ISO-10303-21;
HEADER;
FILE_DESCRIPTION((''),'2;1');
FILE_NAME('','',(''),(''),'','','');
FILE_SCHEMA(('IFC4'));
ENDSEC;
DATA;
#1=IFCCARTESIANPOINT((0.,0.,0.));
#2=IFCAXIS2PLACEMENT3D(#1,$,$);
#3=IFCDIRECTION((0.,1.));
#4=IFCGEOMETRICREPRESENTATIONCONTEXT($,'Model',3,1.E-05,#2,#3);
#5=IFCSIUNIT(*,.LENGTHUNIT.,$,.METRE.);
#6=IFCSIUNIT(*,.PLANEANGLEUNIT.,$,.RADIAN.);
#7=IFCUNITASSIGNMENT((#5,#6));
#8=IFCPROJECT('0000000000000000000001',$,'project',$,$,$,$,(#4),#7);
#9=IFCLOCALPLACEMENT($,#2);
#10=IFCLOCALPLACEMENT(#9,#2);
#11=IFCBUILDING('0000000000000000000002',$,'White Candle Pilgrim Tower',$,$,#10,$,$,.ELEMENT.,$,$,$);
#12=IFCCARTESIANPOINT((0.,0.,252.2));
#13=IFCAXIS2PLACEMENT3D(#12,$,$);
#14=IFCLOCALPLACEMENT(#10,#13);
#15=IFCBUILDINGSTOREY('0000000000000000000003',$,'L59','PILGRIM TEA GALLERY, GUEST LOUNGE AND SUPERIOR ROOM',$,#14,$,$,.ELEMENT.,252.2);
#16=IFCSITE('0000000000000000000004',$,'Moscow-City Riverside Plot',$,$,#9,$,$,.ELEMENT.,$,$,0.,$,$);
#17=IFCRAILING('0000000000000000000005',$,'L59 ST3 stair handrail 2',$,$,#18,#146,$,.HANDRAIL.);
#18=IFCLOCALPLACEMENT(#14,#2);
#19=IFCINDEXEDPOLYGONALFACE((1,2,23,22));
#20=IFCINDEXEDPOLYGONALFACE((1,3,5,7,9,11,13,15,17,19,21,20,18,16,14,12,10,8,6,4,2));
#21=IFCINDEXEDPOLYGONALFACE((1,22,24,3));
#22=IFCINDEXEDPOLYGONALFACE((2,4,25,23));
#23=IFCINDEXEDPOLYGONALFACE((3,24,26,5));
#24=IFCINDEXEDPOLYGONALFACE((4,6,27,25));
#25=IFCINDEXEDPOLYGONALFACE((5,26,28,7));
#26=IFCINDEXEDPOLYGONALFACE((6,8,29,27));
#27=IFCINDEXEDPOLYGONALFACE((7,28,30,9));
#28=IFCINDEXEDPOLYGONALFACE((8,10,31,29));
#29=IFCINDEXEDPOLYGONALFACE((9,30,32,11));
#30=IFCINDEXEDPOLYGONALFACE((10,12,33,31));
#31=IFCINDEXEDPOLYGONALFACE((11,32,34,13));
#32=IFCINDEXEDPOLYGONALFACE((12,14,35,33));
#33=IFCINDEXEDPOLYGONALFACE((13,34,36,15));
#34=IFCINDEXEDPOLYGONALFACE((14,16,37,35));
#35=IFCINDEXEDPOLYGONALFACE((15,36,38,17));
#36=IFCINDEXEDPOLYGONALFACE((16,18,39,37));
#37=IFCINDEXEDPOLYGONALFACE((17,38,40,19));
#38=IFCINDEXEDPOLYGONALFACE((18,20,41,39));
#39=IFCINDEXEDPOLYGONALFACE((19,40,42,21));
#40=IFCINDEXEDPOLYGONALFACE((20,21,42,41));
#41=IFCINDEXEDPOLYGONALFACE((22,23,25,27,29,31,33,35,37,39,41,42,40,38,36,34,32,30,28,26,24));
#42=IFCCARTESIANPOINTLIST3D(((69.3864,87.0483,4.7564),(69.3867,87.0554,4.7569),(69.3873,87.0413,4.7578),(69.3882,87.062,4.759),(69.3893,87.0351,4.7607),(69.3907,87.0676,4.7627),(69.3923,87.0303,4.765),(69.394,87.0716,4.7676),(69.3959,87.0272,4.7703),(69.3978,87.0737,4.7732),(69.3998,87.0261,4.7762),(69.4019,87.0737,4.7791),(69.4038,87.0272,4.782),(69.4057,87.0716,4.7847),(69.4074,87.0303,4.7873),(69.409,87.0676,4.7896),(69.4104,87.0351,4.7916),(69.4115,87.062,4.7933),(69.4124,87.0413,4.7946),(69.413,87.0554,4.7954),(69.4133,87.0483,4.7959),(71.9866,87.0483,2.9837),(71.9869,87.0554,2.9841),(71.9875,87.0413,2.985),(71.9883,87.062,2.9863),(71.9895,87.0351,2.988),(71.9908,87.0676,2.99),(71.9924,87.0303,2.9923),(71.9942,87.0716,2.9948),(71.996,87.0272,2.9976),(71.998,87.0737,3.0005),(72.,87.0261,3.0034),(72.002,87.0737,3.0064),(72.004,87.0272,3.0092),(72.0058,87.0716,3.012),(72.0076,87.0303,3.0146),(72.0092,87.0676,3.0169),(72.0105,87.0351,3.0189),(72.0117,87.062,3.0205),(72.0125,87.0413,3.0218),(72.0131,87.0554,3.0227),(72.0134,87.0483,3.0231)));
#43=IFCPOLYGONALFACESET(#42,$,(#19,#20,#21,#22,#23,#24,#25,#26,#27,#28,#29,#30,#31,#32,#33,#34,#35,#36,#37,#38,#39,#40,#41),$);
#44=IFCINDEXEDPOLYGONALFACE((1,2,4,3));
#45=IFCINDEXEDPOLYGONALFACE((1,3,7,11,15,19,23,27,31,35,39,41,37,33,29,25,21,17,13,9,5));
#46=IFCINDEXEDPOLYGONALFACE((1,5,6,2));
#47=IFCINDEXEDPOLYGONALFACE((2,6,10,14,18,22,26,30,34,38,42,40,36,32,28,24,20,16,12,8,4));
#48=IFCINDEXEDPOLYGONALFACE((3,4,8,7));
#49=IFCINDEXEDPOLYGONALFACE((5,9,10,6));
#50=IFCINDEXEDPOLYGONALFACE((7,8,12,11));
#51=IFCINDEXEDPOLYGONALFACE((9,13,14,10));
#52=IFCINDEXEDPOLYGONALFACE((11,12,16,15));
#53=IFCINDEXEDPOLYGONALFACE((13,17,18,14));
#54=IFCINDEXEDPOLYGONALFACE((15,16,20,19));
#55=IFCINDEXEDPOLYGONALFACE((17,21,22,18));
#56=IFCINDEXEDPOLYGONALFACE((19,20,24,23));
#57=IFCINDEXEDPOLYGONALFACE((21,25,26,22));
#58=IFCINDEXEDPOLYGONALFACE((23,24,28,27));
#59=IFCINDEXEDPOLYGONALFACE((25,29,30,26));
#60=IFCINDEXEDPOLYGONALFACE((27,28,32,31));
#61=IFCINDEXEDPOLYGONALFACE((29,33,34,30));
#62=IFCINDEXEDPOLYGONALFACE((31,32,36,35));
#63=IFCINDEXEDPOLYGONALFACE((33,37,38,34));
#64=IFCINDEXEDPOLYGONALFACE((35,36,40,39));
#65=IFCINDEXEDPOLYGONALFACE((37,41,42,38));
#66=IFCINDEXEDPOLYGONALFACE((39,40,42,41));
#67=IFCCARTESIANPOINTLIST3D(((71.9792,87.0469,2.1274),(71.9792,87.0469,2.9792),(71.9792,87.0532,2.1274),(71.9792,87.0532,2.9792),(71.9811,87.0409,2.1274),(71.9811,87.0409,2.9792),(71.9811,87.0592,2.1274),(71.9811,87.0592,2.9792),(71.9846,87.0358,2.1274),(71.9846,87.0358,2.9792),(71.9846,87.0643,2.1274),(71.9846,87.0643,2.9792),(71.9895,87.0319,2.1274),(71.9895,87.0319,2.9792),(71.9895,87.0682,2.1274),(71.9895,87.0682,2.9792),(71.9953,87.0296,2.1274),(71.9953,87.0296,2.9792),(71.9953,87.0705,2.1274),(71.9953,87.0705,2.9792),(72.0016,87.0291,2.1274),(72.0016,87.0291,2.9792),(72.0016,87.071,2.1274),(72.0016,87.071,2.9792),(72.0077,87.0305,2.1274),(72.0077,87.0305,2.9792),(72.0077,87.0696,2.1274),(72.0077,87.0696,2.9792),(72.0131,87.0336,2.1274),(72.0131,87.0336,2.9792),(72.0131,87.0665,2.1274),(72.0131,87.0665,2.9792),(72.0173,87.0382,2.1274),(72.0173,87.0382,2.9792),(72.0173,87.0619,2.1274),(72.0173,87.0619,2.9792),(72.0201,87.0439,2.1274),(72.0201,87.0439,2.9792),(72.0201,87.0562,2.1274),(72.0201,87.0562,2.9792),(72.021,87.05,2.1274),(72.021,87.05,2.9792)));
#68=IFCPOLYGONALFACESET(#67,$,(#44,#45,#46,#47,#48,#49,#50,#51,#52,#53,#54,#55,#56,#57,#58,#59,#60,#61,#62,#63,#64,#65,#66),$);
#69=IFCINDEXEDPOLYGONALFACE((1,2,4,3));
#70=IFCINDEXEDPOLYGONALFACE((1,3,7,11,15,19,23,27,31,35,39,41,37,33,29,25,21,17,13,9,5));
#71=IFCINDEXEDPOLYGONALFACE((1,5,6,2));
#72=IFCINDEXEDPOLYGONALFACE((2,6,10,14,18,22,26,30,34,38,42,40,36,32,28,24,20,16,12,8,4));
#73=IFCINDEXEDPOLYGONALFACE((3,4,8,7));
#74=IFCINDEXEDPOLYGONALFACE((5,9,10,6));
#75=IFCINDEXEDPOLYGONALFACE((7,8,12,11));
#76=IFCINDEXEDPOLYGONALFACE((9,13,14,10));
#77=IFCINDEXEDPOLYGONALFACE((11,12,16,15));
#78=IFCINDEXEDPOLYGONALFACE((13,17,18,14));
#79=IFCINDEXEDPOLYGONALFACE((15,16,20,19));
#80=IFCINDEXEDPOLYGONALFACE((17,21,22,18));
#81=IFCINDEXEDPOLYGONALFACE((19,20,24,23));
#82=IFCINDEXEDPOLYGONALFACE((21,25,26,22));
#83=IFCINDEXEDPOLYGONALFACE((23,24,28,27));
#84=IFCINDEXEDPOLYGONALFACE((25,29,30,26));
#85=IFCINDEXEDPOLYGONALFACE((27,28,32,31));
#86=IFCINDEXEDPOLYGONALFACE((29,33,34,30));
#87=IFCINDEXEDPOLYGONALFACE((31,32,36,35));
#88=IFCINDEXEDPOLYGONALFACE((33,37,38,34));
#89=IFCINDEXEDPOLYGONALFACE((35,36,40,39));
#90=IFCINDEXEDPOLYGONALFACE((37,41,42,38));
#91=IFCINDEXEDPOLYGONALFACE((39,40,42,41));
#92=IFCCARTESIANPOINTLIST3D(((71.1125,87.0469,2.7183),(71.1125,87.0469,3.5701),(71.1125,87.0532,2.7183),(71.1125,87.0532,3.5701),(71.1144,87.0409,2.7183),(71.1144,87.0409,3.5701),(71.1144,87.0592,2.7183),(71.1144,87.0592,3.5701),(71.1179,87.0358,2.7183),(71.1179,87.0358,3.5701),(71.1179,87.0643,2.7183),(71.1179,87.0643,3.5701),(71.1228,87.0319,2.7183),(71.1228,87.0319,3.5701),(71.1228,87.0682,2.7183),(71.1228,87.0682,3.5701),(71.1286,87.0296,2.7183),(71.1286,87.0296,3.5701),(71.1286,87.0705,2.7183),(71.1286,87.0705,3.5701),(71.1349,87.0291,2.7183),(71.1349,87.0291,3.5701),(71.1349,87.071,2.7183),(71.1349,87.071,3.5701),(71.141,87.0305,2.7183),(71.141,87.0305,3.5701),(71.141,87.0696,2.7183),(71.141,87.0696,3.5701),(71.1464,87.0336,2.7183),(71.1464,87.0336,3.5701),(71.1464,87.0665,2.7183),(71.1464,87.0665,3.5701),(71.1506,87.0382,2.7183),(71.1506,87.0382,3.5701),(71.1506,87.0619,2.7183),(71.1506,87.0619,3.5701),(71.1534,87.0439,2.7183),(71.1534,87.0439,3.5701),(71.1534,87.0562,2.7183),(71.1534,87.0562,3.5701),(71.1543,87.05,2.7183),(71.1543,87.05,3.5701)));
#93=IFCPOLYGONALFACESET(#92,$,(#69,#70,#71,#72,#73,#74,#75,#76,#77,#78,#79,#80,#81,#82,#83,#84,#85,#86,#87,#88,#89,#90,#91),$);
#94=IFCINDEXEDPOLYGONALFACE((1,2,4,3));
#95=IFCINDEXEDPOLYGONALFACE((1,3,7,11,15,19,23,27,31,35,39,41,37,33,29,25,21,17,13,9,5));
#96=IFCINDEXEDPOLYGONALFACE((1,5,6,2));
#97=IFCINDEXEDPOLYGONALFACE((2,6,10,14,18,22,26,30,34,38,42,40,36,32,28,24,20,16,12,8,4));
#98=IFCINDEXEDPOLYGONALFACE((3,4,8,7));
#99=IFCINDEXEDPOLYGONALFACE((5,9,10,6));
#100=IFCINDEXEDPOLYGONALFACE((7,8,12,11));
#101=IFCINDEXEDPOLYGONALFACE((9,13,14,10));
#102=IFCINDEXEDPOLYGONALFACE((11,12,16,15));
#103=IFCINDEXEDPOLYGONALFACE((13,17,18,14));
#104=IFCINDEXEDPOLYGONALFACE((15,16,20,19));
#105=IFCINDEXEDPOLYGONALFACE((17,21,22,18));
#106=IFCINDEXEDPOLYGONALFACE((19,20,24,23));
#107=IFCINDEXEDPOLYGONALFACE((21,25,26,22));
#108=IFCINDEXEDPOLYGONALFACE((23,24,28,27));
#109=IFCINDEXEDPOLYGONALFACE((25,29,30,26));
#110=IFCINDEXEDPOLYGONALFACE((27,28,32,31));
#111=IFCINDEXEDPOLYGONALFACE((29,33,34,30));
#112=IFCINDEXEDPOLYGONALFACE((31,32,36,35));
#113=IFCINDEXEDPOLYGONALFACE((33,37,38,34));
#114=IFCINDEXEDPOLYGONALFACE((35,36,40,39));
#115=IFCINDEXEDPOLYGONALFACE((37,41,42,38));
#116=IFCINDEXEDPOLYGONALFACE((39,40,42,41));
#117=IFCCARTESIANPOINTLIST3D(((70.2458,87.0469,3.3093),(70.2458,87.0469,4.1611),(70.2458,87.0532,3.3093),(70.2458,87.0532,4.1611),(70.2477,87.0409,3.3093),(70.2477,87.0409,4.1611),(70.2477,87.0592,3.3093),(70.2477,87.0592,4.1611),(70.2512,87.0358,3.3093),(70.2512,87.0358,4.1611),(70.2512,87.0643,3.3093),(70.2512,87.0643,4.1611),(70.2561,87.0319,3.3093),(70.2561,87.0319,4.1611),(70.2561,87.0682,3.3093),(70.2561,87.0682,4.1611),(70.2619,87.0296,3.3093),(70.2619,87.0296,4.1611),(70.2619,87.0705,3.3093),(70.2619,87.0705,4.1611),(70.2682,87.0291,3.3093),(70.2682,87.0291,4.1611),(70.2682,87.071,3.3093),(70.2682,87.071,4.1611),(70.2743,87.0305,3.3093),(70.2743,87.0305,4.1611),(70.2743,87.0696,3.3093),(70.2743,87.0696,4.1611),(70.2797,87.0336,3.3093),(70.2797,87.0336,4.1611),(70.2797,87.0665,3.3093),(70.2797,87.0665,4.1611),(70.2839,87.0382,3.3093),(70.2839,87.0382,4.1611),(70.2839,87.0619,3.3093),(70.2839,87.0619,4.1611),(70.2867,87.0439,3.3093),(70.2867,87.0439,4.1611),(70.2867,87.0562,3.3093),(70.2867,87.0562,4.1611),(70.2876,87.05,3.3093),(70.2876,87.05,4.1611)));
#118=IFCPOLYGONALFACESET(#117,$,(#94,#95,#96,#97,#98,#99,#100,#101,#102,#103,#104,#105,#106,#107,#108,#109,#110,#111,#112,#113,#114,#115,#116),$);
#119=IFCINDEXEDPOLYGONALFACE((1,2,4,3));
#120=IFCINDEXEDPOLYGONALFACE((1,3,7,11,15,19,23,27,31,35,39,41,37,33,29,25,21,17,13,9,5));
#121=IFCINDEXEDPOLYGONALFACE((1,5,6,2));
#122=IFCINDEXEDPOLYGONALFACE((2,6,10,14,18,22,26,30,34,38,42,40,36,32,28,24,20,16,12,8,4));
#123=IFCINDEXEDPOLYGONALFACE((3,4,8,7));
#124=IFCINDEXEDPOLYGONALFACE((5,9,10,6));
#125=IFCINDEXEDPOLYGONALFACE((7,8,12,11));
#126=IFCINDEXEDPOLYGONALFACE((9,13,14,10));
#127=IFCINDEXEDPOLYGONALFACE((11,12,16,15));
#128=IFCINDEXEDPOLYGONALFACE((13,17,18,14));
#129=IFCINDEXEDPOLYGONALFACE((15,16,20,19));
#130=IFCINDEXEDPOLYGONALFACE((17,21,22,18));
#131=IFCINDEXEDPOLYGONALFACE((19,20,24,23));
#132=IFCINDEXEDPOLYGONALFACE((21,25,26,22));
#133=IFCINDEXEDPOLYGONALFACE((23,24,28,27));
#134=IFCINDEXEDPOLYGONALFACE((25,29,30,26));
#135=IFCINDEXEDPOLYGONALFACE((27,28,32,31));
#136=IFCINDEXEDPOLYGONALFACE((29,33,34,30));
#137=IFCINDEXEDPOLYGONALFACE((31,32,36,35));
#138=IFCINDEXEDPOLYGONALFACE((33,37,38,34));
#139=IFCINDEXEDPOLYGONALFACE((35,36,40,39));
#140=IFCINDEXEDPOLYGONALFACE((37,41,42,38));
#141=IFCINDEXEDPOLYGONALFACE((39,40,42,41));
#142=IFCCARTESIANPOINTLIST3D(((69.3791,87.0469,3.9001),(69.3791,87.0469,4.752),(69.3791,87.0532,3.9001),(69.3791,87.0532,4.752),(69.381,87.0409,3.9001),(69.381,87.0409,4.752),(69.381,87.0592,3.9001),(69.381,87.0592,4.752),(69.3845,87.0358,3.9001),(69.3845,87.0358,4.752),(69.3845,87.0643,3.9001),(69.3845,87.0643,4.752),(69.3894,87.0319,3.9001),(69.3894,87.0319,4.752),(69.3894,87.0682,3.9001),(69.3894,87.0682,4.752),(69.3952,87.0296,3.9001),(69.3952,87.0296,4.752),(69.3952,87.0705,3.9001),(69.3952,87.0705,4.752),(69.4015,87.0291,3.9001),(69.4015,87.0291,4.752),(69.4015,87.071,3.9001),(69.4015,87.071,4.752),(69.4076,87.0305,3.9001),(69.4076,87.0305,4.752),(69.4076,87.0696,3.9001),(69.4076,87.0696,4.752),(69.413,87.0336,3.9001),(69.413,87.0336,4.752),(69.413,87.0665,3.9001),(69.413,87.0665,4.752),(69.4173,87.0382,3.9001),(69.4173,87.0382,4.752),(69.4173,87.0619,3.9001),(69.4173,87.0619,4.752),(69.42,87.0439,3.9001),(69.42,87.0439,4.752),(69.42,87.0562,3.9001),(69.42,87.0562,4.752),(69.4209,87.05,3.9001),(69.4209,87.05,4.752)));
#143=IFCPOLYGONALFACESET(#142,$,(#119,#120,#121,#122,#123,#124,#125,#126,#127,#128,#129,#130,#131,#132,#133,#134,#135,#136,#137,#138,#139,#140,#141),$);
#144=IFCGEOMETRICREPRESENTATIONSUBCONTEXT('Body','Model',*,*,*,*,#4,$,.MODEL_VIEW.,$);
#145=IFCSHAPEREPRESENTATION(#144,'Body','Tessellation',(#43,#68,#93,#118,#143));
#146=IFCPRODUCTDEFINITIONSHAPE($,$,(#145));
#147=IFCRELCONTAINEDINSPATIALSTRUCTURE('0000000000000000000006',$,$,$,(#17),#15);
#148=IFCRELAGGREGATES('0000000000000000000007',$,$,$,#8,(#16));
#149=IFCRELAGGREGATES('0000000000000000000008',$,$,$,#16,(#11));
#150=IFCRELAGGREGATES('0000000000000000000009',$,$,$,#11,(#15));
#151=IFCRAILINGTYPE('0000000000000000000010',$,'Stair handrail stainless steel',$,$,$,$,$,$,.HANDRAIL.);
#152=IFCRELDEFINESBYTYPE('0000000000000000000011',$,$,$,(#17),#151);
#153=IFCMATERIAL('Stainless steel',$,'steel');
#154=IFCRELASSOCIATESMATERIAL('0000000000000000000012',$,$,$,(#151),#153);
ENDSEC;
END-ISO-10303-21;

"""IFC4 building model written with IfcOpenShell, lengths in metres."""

from ifc_helpers import new_model, si_unit, direction, frame, origin, origin_2d, place, context, subcontext, project, spatial, circle, extrude, material, type_object, element, save


model = new_model("IFC4")

# Units and contexts
model_context = context("Model", 3, precision=1e-05, world=origin(), true_north=direction((0.0, 1.0)))
body_context = subcontext(model_context, "Body", "Model", "MODEL_VIEW")
ifc_project = project(units=[si_unit("LENGTHUNIT", "METRE"), si_unit("PLANEANGLEUNIT", "RADIAN")], contexts=[model_context])

# Site, building, storey
site_placement = place(None, origin())
site = spatial("IfcSite", under=ifc_project, at=site_placement, Name="Moscow-City Riverside Plot", CompositionType="ELEMENT", RefElevation=0.0)
building_placement = place(site_placement, origin())
building = spatial("IfcBuilding", under=site, at=building_placement, Name="White Candle Pilgrim Tower", CompositionType="ELEMENT")
storey_placement = place(building_placement, frame((0.0, 0.0, 252.2)))
storey = spatial("IfcBuildingStorey", under=building, at=storey_placement, Name="L59", Description="PILGRIM TEA GALLERY, GUEST LOUNGE AND SUPERIOR ROOM", CompositionType="ELEMENT", Elevation=252.2)

# Railing
ifc_material_1 = material(Name="Stainless steel", Category="steel")
railing_type_1 = type_object("IfcRailingType", Name="Stair handrail stainless steel", PredefinedType="HANDRAIL", material=ifc_material_1)
railing_1_placement = place(storey_placement, frame((72.0, 87.05, 2.1274)))
element("IfcRailing", 1, at=railing_1_placement, inside=storey, type_object=railing_type_1, Name="L59 ST3 stair handrail 2", PredefinedType="HANDRAIL", context=body_context, shape_type="SweptSolid", body=[
    extrude(circle(Radius=0.0239, at=origin_2d()), frame((0.0, 0.0, 0.876), z_axis=(-0.82624, 0.0, 0.563318), x_axis=(0.0, -1.0, 0.0)), (0.0, 0.0, 1.0), 3.147),
    extrude(circle(Radius=0.021, at=origin_2d()), origin(), (0.0, 0.0, 1.0), 0.8518),
    extrude(circle(Radius=0.021, at=origin_2d()), frame((-0.8667, 0.0, 0.5908)), (0.0, 0.0, 1.0), 0.8518),
    extrude(circle(Radius=0.021, at=origin_2d()), frame((-1.7334, 0.0, 1.1819)), (0.0, 0.0, 1.0), 0.8518),
    extrude(circle(Radius=0.021, at=origin_2d()), frame((-2.6001, 0.0, 1.7727)), (0.0, 0.0, 1.0), 0.8518),
])

save(model, "model.ifc")
